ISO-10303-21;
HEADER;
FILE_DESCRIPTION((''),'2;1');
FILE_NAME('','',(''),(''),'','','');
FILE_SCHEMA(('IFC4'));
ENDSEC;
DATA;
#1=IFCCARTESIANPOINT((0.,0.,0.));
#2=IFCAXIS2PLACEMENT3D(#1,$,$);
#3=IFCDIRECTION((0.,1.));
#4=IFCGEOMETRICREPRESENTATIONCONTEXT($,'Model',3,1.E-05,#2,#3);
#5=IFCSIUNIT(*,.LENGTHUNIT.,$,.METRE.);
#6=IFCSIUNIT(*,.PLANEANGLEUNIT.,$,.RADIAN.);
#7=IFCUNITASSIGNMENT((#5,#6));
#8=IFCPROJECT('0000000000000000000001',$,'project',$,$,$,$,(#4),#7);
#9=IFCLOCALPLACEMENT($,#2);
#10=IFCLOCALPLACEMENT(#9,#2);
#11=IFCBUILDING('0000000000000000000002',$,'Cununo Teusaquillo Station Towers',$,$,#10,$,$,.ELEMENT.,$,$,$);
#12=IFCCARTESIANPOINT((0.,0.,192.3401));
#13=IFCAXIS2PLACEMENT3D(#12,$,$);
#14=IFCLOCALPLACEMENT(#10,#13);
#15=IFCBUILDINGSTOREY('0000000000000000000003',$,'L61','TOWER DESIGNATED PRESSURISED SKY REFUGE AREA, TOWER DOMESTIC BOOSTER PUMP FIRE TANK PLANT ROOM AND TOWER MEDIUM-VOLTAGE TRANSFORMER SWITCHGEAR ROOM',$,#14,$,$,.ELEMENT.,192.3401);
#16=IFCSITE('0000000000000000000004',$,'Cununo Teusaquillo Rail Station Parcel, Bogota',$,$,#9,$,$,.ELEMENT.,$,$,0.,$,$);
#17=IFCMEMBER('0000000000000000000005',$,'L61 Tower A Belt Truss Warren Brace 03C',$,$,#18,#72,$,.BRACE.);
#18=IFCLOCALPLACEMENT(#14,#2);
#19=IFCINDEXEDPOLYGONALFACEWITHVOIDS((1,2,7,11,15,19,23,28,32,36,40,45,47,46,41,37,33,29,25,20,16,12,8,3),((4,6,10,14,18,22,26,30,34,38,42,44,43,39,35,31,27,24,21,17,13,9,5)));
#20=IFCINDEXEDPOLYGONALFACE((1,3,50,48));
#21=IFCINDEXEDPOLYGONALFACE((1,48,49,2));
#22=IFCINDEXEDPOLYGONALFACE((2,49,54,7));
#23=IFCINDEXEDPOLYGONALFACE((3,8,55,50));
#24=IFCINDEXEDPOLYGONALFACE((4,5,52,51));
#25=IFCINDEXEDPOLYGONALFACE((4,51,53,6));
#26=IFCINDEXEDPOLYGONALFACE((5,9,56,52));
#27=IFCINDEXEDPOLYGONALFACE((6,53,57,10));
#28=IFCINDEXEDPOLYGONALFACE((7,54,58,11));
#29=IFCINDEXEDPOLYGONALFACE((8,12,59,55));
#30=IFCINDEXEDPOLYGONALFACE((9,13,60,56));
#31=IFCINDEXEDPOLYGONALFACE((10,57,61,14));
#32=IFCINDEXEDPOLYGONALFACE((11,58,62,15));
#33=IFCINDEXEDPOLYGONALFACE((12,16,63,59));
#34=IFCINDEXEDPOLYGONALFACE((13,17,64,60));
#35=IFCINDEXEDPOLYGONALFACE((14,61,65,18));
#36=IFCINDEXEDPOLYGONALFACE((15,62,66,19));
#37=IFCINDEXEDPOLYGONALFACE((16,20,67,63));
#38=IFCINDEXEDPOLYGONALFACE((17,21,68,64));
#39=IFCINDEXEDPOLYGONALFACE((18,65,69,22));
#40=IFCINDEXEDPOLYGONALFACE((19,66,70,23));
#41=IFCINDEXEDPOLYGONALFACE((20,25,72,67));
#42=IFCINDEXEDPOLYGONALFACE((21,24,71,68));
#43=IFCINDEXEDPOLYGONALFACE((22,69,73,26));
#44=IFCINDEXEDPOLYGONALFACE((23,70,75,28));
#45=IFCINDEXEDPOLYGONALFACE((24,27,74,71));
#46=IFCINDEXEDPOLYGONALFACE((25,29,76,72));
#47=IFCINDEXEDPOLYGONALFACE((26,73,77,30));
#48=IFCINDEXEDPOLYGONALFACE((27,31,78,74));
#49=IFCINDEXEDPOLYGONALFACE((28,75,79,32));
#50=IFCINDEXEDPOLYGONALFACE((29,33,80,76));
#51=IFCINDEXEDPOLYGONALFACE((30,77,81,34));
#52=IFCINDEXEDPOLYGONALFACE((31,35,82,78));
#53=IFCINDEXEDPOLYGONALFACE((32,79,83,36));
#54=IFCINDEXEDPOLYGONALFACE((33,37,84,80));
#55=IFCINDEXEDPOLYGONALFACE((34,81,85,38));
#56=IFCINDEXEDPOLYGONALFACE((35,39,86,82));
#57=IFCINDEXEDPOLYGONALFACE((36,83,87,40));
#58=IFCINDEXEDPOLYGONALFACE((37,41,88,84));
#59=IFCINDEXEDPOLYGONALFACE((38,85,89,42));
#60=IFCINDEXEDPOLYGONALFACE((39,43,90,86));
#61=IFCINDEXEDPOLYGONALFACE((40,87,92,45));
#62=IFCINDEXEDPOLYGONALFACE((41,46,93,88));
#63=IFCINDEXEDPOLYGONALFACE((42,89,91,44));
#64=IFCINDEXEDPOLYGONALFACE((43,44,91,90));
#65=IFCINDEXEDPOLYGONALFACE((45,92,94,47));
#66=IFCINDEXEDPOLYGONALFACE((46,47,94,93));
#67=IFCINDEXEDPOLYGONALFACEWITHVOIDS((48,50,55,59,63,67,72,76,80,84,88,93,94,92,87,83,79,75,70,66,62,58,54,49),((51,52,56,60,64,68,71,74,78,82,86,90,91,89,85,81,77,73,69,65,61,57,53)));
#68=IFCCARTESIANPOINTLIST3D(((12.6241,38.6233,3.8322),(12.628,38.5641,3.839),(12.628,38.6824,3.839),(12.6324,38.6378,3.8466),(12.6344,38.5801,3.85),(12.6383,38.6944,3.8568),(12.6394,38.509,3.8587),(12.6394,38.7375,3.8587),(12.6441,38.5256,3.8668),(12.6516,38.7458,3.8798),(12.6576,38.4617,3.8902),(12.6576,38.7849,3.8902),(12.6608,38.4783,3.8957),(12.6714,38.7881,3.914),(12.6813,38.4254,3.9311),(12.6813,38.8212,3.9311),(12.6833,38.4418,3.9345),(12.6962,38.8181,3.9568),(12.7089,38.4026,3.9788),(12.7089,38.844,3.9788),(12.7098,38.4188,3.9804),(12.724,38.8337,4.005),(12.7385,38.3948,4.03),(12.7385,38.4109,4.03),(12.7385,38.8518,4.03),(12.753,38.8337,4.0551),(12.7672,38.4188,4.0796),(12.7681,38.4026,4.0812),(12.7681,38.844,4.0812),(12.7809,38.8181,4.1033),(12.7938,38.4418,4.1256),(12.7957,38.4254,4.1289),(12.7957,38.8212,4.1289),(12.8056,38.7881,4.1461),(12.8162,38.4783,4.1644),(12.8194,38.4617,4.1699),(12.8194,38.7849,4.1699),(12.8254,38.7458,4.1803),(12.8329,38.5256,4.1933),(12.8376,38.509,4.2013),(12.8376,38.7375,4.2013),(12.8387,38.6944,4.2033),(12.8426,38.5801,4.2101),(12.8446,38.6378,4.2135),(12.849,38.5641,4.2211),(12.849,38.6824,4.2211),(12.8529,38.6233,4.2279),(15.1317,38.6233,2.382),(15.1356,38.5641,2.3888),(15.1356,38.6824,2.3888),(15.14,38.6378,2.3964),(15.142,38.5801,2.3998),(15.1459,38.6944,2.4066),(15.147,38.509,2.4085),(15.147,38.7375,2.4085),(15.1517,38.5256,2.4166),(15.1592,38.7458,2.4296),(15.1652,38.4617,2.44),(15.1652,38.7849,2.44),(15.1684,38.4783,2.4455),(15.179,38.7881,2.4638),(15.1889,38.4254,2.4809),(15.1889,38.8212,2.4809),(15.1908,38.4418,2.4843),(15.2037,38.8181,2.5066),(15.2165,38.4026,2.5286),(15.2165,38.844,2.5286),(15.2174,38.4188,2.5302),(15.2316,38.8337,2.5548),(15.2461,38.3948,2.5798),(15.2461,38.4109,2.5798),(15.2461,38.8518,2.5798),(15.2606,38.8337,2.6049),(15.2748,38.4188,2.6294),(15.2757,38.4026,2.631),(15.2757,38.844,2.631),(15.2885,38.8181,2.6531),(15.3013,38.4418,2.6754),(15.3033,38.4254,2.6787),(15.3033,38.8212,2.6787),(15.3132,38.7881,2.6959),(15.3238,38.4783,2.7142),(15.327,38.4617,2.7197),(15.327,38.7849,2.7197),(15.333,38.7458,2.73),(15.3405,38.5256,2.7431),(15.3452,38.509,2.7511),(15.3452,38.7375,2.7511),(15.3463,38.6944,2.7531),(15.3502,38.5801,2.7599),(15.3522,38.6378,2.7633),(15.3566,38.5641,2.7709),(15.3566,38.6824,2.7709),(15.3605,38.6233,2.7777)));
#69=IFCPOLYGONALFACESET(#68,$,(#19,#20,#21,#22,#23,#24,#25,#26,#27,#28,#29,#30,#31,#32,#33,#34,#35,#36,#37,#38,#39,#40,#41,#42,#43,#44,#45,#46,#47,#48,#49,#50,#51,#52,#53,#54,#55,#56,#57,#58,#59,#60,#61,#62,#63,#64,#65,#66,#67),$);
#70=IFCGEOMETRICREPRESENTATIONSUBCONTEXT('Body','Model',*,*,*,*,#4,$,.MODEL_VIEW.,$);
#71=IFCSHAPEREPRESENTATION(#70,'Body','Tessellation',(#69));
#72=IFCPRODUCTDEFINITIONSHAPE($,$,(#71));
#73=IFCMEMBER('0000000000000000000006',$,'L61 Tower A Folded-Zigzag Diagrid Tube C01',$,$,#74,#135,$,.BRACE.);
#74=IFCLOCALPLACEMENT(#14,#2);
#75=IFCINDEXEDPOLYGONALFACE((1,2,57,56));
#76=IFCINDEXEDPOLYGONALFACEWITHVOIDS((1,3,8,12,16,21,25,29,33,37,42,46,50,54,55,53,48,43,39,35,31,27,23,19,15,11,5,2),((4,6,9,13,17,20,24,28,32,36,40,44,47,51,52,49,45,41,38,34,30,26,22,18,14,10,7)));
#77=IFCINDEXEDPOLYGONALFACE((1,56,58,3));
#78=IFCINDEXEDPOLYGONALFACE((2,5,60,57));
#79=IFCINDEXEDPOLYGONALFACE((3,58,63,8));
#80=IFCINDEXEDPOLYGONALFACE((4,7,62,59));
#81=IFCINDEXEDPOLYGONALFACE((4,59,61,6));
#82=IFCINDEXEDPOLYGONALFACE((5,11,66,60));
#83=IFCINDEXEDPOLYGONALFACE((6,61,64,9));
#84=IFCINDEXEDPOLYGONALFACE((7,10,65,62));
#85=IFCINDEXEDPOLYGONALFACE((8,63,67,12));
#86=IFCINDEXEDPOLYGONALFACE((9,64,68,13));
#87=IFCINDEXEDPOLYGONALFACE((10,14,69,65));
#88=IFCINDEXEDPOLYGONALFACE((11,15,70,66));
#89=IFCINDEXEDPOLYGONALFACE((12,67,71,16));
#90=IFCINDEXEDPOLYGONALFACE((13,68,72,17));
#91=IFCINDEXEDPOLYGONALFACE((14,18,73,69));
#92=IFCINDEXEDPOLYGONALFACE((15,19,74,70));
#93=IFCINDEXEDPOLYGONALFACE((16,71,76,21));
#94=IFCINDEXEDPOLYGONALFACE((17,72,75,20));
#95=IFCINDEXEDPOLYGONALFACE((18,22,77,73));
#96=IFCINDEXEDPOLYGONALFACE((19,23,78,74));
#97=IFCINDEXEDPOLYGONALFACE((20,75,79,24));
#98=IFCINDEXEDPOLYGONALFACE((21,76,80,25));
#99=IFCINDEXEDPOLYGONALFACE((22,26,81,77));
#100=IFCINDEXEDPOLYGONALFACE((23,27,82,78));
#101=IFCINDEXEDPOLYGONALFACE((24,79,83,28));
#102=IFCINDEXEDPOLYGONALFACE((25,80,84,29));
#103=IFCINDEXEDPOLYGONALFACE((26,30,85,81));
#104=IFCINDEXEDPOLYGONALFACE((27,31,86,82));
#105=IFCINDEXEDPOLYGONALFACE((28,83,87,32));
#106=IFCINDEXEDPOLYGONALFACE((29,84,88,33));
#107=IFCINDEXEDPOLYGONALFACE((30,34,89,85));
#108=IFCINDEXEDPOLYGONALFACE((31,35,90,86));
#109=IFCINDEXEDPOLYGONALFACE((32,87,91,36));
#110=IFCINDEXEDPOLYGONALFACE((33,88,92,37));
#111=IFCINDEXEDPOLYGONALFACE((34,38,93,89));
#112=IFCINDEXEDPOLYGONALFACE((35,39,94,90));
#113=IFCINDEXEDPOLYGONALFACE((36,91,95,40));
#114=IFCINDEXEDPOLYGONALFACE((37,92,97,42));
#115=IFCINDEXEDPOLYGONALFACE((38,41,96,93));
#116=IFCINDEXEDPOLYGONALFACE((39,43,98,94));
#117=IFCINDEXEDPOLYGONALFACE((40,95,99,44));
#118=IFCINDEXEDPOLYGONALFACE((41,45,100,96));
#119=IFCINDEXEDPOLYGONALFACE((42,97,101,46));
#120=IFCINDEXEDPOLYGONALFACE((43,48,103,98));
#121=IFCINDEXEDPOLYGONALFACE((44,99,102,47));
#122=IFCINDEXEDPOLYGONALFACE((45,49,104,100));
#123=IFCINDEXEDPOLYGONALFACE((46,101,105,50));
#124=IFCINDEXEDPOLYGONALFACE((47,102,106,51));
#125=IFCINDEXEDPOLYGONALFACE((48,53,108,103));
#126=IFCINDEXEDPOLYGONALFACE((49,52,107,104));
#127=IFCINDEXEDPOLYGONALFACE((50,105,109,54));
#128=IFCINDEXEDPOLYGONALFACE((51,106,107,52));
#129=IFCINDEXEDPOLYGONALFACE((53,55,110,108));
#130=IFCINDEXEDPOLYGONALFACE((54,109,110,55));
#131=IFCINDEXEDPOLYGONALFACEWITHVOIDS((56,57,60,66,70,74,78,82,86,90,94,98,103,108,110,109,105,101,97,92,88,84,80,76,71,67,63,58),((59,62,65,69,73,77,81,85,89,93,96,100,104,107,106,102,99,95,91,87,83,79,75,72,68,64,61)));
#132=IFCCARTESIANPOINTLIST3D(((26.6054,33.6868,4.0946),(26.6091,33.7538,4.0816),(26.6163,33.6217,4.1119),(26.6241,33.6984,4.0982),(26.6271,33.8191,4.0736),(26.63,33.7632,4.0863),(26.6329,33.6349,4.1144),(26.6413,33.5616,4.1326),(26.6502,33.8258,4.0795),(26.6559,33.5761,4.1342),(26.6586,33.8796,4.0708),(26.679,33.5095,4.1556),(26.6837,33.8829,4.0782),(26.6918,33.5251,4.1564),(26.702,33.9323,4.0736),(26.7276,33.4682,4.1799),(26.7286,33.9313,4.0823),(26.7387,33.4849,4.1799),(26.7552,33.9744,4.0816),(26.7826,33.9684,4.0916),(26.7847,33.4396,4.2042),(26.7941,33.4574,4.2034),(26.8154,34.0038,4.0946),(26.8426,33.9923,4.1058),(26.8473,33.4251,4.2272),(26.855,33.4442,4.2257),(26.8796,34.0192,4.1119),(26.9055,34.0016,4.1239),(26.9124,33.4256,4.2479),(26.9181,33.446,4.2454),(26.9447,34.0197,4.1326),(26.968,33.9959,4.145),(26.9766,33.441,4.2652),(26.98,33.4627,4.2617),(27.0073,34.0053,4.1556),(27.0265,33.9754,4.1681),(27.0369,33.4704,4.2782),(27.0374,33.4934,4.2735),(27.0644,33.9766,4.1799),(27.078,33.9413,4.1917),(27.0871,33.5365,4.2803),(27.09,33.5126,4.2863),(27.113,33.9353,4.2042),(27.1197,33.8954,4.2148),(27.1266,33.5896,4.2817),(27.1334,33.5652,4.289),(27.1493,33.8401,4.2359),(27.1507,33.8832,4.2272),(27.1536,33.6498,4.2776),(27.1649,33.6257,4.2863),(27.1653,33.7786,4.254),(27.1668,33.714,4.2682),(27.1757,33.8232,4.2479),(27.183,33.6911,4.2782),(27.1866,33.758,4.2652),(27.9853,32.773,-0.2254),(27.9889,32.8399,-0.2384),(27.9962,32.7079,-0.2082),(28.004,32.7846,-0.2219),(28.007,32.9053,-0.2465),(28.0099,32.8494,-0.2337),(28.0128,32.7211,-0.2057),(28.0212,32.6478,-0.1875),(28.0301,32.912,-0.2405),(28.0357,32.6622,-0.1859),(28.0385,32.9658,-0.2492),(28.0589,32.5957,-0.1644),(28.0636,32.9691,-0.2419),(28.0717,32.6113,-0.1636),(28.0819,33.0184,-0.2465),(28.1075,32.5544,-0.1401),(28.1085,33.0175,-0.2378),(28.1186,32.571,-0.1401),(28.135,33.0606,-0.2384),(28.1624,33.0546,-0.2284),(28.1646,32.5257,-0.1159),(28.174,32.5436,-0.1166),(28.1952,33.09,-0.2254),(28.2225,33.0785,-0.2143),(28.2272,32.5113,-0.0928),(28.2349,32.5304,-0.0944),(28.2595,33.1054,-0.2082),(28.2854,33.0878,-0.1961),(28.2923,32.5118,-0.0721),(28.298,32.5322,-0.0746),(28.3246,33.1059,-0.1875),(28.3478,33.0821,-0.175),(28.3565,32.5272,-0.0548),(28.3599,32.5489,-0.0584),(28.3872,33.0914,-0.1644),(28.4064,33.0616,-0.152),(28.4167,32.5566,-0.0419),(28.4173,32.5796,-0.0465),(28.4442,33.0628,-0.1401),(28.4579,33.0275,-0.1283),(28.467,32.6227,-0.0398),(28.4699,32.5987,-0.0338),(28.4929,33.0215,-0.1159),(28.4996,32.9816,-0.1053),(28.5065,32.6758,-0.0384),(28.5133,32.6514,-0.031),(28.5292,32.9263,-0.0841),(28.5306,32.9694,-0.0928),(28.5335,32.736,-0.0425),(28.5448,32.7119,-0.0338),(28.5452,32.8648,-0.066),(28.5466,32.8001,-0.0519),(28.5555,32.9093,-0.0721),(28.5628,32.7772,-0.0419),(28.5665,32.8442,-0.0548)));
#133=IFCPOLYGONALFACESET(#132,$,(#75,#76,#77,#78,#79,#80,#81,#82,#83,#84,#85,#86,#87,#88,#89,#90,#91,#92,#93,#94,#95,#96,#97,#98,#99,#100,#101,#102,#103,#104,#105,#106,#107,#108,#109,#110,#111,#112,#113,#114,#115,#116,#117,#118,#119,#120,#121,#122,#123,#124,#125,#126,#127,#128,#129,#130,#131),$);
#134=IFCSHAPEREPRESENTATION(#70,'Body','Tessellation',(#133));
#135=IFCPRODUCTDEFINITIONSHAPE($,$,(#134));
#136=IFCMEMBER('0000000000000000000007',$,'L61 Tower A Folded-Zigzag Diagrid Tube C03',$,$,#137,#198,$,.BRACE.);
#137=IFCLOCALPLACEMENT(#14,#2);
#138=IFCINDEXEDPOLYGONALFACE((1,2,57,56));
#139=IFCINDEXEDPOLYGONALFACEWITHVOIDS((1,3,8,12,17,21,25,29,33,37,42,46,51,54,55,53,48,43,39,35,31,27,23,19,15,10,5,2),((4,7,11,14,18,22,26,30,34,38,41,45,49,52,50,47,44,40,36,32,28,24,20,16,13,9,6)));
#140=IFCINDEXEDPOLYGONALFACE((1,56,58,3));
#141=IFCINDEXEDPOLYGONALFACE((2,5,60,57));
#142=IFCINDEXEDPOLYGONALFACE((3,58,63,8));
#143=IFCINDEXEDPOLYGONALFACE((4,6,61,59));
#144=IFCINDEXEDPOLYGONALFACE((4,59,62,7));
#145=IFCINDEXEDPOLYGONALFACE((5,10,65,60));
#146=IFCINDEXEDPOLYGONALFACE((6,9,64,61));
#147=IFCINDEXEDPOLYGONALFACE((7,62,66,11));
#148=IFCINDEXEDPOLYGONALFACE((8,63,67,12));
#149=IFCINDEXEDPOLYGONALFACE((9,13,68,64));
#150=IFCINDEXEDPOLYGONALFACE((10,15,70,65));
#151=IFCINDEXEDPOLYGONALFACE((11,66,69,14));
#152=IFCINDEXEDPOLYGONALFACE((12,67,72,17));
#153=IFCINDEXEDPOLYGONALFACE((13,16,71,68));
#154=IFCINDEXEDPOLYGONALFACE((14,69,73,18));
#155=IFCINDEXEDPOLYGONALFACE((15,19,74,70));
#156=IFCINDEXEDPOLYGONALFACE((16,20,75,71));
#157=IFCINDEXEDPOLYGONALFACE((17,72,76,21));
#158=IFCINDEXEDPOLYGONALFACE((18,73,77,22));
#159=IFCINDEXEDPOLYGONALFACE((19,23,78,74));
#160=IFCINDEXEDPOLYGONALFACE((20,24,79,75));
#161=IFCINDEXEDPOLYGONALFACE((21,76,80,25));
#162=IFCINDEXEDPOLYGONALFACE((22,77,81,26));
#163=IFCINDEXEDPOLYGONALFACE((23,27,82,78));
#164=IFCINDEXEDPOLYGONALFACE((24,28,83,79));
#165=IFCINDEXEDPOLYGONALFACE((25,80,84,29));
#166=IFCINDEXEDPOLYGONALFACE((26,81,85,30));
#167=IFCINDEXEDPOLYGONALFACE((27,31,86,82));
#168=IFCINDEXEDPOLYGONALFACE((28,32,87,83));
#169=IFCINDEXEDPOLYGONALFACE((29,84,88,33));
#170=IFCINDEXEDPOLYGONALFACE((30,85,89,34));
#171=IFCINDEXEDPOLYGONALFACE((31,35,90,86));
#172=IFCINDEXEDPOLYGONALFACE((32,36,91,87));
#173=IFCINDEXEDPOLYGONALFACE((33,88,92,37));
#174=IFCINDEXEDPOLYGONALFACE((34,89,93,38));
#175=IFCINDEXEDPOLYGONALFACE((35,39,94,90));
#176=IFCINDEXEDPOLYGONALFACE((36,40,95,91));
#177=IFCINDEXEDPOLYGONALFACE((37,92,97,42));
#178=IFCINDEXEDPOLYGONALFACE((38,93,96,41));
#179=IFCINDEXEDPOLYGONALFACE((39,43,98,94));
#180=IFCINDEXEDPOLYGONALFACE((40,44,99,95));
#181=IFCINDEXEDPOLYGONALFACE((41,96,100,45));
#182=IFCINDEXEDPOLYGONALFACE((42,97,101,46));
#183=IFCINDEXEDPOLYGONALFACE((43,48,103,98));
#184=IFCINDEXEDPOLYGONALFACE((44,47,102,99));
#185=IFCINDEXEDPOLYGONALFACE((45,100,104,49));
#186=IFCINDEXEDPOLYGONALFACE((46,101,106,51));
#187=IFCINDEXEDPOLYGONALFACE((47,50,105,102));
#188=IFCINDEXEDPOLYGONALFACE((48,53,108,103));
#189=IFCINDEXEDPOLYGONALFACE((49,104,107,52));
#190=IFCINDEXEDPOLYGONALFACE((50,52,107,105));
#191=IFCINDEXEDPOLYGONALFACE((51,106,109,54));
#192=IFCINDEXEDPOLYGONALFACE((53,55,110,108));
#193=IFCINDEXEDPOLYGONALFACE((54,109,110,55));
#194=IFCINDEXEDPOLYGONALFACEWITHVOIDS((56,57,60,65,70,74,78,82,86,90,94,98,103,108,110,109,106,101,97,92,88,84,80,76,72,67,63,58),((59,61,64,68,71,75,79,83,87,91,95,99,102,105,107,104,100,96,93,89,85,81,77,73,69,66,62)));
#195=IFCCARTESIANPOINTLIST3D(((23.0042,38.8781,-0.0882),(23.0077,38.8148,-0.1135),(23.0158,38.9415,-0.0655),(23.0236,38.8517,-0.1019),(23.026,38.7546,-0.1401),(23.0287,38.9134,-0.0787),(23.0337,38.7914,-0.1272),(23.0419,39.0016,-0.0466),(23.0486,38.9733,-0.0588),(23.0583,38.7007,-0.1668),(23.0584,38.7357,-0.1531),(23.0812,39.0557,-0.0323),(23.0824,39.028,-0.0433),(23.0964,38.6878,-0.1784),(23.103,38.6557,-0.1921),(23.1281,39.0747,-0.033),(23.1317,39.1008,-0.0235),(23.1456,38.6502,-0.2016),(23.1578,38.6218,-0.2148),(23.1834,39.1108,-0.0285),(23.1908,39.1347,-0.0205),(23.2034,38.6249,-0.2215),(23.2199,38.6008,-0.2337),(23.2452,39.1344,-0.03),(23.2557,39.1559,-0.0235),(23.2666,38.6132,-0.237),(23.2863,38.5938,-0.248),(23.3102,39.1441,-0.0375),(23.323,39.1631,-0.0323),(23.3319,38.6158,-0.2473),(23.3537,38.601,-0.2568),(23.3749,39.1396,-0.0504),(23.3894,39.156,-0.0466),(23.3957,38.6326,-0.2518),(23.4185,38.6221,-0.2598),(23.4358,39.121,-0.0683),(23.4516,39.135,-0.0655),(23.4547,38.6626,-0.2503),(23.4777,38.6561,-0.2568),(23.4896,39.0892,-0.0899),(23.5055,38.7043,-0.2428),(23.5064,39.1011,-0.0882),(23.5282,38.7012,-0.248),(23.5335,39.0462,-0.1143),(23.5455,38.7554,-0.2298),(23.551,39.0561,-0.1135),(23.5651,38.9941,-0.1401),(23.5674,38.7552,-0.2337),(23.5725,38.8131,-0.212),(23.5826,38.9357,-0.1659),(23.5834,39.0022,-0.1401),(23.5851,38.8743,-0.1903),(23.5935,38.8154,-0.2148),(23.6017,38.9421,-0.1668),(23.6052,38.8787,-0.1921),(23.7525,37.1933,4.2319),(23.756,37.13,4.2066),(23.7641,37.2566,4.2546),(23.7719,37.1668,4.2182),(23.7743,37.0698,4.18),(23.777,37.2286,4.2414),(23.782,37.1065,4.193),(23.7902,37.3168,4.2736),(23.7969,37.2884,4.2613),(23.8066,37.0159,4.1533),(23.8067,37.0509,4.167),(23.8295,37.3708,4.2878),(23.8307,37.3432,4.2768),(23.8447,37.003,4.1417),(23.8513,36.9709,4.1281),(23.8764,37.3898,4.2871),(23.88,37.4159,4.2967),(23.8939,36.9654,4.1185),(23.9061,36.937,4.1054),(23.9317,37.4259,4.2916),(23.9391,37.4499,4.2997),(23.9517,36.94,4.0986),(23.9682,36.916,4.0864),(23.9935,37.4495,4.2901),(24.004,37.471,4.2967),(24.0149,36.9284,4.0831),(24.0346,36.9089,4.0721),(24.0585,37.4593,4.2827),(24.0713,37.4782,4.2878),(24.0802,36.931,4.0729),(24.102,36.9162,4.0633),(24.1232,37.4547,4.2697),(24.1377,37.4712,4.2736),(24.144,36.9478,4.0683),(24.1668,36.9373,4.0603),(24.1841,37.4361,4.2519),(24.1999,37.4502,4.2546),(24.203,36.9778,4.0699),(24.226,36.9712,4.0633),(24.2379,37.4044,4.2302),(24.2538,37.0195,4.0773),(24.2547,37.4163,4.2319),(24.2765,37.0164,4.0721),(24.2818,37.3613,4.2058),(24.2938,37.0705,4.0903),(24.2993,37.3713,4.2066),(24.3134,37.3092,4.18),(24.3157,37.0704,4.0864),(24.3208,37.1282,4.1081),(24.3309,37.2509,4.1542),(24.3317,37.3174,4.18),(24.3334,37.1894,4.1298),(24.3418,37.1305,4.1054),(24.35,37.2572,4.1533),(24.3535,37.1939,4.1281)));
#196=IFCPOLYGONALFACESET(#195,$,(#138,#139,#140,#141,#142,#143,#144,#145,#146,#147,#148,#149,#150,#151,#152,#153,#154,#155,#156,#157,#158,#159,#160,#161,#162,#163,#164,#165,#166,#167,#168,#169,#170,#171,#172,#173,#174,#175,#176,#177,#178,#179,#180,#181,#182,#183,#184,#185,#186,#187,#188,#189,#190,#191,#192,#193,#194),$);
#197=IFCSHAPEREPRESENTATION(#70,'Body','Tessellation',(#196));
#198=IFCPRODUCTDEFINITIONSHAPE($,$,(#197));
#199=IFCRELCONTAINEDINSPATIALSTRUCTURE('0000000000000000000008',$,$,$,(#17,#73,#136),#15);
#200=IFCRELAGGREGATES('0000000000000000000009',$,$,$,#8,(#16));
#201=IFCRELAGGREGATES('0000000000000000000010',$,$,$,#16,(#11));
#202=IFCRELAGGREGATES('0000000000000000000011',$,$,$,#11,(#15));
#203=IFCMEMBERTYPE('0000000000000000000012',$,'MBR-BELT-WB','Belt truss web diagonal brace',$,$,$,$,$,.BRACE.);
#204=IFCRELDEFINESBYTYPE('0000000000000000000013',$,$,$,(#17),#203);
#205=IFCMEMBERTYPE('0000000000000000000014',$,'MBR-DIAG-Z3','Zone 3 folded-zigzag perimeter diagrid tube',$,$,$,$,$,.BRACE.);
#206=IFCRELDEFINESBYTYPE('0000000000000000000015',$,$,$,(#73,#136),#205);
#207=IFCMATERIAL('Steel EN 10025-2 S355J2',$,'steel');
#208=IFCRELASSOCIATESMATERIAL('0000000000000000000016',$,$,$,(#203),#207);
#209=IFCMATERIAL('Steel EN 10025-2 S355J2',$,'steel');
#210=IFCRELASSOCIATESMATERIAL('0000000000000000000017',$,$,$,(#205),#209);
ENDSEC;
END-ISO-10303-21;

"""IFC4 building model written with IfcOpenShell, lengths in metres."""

from ifc_helpers import new_model, si_unit, direction, frame, origin, origin_2d, place, context, subcontext, project, spatial, hollow_circle, extrude, material, material_profile, profile_set, type_object, element, save


model = new_model("IFC4")

# Units and contexts
model_context = context("Model", 3, precision=1e-05, world=origin(), true_north=direction((0.0, 1.0)))
body_context = subcontext(model_context, "Body", "Model", "MODEL_VIEW")
ifc_project = project(units=[si_unit("LENGTHUNIT", "METRE"), si_unit("PLANEANGLEUNIT", "RADIAN")], contexts=[model_context])

# Site, building, storey
site_placement = place(None, origin())
site = spatial("IfcSite", under=ifc_project, at=site_placement, Name="Cununo Teusaquillo Rail Station Parcel, Bogota", CompositionType="ELEMENT", RefElevation=0.0)
building_placement = place(site_placement, origin())
building = spatial("IfcBuilding", under=site, at=building_placement, Name="Cununo Teusaquillo Station Towers", CompositionType="ELEMENT")
storey_placement = place(building_placement, frame((0.0, 0.0, 192.3401)))
storey = spatial("IfcBuildingStorey", under=building, at=storey_placement, Name="L61", Description="TOWER DESIGNATED PRESSURISED SKY REFUGE AREA, TOWER DOMESTIC BOOSTER PUMP FIRE TANK PLANT ROOM AND TOWER MEDIUM-VOLTAGE TRANSFORMER SWITCHGEAR ROOM", CompositionType="ELEMENT", Elevation=192.3401)

# Members
ifc_material_1 = material(Name="Steel EN 10025-2 S355J2", Category="steel")
ifc_material_profile_1 = material_profile(ifc_material_1, hollow_circle(Radius=0.2285, WallThickness=0.0161, at=origin_2d()), Name="CHS 457x16")
ifc_profile_set_1 = profile_set([ifc_material_profile_1], Name="Steel EN 10025-2 S355J2")
member_type_1 = type_object("IfcMemberType", Name="MBR-BELT-WB", Description="Belt truss web diagonal brace", PredefinedType="BRACE", material=ifc_profile_set_1)
member_1_placement = place(storey_placement, frame((15.2461, 38.6233, 2.5798), z_axis=(-0.865659, 0.0, 0.500634), x_axis=(0.0, -1.0, 0.0)))
element("IfcMember", 1, at=member_1_placement, inside=storey, type_object=member_type_1, Name="L61 Tower A Belt Truss Warren Brace 03C", PredefinedType="BRACE", context=body_context, shape_type="SweptSolid", body=[
    extrude(hollow_circle(Radius=0.2285, WallThickness=0.0161, at=origin_2d()), origin(), (0.0, 0.0, 1.0), 2.8967),
])
ifc_material_2 = material(Name="Steel EN 10025-2 S355J2", Category="steel")
ifc_material_profile_2 = material_profile(ifc_material_2, hollow_circle(Radius=0.3049, WallThickness=0.02, at=origin_2d()), Name="CHS 610x20")
ifc_profile_set_2 = profile_set([ifc_material_profile_2], Name="Steel EN 10025-2 S355J2")
member_type_2 = type_object("IfcMemberType", Name="MBR-DIAG-Z3", Description="Zone 3 folded-zigzag perimeter diagrid tube", PredefinedType="BRACE", material=ifc_profile_set_2)
member_2_placement = place(storey_placement, frame((28.2759, 32.8086, -0.1401), z_axis=(-0.298273, 0.197529, 0.933818), x_axis=(-0.552144, -0.833748, 0.0)))
element("IfcMember", 2, at=member_2_placement, inside=storey, type_object=member_type_2, Name="L61 Tower A Folded-Zigzag Diagrid Tube C01", PredefinedType="BRACE", context=body_context, shape_type="SweptSolid", body=[
    extrude(hollow_circle(Radius=0.3049, WallThickness=0.02, at=origin_2d()), origin(), (0.0, 0.0, 1.0), 4.6262),
])
member_3_placement = place(storey_placement, frame((23.3047, 38.8784, -0.1401), z_axis=(0.159314, -0.358702, 0.919756), x_axis=(0.913915, 0.405905, 0.0)))
element("IfcMember", 3, at=member_3_placement, inside=storey, type_object=member_type_2, Name="L61 Tower A Folded-Zigzag Diagrid Tube C03", PredefinedType="BRACE", context=body_context, shape_type="SweptSolid", body=[
    extrude(hollow_circle(Radius=0.3049, WallThickness=0.02, at=origin_2d()), origin(), (0.0, 0.0, 1.0), 4.697),
])

save(model, "model.ifc")
